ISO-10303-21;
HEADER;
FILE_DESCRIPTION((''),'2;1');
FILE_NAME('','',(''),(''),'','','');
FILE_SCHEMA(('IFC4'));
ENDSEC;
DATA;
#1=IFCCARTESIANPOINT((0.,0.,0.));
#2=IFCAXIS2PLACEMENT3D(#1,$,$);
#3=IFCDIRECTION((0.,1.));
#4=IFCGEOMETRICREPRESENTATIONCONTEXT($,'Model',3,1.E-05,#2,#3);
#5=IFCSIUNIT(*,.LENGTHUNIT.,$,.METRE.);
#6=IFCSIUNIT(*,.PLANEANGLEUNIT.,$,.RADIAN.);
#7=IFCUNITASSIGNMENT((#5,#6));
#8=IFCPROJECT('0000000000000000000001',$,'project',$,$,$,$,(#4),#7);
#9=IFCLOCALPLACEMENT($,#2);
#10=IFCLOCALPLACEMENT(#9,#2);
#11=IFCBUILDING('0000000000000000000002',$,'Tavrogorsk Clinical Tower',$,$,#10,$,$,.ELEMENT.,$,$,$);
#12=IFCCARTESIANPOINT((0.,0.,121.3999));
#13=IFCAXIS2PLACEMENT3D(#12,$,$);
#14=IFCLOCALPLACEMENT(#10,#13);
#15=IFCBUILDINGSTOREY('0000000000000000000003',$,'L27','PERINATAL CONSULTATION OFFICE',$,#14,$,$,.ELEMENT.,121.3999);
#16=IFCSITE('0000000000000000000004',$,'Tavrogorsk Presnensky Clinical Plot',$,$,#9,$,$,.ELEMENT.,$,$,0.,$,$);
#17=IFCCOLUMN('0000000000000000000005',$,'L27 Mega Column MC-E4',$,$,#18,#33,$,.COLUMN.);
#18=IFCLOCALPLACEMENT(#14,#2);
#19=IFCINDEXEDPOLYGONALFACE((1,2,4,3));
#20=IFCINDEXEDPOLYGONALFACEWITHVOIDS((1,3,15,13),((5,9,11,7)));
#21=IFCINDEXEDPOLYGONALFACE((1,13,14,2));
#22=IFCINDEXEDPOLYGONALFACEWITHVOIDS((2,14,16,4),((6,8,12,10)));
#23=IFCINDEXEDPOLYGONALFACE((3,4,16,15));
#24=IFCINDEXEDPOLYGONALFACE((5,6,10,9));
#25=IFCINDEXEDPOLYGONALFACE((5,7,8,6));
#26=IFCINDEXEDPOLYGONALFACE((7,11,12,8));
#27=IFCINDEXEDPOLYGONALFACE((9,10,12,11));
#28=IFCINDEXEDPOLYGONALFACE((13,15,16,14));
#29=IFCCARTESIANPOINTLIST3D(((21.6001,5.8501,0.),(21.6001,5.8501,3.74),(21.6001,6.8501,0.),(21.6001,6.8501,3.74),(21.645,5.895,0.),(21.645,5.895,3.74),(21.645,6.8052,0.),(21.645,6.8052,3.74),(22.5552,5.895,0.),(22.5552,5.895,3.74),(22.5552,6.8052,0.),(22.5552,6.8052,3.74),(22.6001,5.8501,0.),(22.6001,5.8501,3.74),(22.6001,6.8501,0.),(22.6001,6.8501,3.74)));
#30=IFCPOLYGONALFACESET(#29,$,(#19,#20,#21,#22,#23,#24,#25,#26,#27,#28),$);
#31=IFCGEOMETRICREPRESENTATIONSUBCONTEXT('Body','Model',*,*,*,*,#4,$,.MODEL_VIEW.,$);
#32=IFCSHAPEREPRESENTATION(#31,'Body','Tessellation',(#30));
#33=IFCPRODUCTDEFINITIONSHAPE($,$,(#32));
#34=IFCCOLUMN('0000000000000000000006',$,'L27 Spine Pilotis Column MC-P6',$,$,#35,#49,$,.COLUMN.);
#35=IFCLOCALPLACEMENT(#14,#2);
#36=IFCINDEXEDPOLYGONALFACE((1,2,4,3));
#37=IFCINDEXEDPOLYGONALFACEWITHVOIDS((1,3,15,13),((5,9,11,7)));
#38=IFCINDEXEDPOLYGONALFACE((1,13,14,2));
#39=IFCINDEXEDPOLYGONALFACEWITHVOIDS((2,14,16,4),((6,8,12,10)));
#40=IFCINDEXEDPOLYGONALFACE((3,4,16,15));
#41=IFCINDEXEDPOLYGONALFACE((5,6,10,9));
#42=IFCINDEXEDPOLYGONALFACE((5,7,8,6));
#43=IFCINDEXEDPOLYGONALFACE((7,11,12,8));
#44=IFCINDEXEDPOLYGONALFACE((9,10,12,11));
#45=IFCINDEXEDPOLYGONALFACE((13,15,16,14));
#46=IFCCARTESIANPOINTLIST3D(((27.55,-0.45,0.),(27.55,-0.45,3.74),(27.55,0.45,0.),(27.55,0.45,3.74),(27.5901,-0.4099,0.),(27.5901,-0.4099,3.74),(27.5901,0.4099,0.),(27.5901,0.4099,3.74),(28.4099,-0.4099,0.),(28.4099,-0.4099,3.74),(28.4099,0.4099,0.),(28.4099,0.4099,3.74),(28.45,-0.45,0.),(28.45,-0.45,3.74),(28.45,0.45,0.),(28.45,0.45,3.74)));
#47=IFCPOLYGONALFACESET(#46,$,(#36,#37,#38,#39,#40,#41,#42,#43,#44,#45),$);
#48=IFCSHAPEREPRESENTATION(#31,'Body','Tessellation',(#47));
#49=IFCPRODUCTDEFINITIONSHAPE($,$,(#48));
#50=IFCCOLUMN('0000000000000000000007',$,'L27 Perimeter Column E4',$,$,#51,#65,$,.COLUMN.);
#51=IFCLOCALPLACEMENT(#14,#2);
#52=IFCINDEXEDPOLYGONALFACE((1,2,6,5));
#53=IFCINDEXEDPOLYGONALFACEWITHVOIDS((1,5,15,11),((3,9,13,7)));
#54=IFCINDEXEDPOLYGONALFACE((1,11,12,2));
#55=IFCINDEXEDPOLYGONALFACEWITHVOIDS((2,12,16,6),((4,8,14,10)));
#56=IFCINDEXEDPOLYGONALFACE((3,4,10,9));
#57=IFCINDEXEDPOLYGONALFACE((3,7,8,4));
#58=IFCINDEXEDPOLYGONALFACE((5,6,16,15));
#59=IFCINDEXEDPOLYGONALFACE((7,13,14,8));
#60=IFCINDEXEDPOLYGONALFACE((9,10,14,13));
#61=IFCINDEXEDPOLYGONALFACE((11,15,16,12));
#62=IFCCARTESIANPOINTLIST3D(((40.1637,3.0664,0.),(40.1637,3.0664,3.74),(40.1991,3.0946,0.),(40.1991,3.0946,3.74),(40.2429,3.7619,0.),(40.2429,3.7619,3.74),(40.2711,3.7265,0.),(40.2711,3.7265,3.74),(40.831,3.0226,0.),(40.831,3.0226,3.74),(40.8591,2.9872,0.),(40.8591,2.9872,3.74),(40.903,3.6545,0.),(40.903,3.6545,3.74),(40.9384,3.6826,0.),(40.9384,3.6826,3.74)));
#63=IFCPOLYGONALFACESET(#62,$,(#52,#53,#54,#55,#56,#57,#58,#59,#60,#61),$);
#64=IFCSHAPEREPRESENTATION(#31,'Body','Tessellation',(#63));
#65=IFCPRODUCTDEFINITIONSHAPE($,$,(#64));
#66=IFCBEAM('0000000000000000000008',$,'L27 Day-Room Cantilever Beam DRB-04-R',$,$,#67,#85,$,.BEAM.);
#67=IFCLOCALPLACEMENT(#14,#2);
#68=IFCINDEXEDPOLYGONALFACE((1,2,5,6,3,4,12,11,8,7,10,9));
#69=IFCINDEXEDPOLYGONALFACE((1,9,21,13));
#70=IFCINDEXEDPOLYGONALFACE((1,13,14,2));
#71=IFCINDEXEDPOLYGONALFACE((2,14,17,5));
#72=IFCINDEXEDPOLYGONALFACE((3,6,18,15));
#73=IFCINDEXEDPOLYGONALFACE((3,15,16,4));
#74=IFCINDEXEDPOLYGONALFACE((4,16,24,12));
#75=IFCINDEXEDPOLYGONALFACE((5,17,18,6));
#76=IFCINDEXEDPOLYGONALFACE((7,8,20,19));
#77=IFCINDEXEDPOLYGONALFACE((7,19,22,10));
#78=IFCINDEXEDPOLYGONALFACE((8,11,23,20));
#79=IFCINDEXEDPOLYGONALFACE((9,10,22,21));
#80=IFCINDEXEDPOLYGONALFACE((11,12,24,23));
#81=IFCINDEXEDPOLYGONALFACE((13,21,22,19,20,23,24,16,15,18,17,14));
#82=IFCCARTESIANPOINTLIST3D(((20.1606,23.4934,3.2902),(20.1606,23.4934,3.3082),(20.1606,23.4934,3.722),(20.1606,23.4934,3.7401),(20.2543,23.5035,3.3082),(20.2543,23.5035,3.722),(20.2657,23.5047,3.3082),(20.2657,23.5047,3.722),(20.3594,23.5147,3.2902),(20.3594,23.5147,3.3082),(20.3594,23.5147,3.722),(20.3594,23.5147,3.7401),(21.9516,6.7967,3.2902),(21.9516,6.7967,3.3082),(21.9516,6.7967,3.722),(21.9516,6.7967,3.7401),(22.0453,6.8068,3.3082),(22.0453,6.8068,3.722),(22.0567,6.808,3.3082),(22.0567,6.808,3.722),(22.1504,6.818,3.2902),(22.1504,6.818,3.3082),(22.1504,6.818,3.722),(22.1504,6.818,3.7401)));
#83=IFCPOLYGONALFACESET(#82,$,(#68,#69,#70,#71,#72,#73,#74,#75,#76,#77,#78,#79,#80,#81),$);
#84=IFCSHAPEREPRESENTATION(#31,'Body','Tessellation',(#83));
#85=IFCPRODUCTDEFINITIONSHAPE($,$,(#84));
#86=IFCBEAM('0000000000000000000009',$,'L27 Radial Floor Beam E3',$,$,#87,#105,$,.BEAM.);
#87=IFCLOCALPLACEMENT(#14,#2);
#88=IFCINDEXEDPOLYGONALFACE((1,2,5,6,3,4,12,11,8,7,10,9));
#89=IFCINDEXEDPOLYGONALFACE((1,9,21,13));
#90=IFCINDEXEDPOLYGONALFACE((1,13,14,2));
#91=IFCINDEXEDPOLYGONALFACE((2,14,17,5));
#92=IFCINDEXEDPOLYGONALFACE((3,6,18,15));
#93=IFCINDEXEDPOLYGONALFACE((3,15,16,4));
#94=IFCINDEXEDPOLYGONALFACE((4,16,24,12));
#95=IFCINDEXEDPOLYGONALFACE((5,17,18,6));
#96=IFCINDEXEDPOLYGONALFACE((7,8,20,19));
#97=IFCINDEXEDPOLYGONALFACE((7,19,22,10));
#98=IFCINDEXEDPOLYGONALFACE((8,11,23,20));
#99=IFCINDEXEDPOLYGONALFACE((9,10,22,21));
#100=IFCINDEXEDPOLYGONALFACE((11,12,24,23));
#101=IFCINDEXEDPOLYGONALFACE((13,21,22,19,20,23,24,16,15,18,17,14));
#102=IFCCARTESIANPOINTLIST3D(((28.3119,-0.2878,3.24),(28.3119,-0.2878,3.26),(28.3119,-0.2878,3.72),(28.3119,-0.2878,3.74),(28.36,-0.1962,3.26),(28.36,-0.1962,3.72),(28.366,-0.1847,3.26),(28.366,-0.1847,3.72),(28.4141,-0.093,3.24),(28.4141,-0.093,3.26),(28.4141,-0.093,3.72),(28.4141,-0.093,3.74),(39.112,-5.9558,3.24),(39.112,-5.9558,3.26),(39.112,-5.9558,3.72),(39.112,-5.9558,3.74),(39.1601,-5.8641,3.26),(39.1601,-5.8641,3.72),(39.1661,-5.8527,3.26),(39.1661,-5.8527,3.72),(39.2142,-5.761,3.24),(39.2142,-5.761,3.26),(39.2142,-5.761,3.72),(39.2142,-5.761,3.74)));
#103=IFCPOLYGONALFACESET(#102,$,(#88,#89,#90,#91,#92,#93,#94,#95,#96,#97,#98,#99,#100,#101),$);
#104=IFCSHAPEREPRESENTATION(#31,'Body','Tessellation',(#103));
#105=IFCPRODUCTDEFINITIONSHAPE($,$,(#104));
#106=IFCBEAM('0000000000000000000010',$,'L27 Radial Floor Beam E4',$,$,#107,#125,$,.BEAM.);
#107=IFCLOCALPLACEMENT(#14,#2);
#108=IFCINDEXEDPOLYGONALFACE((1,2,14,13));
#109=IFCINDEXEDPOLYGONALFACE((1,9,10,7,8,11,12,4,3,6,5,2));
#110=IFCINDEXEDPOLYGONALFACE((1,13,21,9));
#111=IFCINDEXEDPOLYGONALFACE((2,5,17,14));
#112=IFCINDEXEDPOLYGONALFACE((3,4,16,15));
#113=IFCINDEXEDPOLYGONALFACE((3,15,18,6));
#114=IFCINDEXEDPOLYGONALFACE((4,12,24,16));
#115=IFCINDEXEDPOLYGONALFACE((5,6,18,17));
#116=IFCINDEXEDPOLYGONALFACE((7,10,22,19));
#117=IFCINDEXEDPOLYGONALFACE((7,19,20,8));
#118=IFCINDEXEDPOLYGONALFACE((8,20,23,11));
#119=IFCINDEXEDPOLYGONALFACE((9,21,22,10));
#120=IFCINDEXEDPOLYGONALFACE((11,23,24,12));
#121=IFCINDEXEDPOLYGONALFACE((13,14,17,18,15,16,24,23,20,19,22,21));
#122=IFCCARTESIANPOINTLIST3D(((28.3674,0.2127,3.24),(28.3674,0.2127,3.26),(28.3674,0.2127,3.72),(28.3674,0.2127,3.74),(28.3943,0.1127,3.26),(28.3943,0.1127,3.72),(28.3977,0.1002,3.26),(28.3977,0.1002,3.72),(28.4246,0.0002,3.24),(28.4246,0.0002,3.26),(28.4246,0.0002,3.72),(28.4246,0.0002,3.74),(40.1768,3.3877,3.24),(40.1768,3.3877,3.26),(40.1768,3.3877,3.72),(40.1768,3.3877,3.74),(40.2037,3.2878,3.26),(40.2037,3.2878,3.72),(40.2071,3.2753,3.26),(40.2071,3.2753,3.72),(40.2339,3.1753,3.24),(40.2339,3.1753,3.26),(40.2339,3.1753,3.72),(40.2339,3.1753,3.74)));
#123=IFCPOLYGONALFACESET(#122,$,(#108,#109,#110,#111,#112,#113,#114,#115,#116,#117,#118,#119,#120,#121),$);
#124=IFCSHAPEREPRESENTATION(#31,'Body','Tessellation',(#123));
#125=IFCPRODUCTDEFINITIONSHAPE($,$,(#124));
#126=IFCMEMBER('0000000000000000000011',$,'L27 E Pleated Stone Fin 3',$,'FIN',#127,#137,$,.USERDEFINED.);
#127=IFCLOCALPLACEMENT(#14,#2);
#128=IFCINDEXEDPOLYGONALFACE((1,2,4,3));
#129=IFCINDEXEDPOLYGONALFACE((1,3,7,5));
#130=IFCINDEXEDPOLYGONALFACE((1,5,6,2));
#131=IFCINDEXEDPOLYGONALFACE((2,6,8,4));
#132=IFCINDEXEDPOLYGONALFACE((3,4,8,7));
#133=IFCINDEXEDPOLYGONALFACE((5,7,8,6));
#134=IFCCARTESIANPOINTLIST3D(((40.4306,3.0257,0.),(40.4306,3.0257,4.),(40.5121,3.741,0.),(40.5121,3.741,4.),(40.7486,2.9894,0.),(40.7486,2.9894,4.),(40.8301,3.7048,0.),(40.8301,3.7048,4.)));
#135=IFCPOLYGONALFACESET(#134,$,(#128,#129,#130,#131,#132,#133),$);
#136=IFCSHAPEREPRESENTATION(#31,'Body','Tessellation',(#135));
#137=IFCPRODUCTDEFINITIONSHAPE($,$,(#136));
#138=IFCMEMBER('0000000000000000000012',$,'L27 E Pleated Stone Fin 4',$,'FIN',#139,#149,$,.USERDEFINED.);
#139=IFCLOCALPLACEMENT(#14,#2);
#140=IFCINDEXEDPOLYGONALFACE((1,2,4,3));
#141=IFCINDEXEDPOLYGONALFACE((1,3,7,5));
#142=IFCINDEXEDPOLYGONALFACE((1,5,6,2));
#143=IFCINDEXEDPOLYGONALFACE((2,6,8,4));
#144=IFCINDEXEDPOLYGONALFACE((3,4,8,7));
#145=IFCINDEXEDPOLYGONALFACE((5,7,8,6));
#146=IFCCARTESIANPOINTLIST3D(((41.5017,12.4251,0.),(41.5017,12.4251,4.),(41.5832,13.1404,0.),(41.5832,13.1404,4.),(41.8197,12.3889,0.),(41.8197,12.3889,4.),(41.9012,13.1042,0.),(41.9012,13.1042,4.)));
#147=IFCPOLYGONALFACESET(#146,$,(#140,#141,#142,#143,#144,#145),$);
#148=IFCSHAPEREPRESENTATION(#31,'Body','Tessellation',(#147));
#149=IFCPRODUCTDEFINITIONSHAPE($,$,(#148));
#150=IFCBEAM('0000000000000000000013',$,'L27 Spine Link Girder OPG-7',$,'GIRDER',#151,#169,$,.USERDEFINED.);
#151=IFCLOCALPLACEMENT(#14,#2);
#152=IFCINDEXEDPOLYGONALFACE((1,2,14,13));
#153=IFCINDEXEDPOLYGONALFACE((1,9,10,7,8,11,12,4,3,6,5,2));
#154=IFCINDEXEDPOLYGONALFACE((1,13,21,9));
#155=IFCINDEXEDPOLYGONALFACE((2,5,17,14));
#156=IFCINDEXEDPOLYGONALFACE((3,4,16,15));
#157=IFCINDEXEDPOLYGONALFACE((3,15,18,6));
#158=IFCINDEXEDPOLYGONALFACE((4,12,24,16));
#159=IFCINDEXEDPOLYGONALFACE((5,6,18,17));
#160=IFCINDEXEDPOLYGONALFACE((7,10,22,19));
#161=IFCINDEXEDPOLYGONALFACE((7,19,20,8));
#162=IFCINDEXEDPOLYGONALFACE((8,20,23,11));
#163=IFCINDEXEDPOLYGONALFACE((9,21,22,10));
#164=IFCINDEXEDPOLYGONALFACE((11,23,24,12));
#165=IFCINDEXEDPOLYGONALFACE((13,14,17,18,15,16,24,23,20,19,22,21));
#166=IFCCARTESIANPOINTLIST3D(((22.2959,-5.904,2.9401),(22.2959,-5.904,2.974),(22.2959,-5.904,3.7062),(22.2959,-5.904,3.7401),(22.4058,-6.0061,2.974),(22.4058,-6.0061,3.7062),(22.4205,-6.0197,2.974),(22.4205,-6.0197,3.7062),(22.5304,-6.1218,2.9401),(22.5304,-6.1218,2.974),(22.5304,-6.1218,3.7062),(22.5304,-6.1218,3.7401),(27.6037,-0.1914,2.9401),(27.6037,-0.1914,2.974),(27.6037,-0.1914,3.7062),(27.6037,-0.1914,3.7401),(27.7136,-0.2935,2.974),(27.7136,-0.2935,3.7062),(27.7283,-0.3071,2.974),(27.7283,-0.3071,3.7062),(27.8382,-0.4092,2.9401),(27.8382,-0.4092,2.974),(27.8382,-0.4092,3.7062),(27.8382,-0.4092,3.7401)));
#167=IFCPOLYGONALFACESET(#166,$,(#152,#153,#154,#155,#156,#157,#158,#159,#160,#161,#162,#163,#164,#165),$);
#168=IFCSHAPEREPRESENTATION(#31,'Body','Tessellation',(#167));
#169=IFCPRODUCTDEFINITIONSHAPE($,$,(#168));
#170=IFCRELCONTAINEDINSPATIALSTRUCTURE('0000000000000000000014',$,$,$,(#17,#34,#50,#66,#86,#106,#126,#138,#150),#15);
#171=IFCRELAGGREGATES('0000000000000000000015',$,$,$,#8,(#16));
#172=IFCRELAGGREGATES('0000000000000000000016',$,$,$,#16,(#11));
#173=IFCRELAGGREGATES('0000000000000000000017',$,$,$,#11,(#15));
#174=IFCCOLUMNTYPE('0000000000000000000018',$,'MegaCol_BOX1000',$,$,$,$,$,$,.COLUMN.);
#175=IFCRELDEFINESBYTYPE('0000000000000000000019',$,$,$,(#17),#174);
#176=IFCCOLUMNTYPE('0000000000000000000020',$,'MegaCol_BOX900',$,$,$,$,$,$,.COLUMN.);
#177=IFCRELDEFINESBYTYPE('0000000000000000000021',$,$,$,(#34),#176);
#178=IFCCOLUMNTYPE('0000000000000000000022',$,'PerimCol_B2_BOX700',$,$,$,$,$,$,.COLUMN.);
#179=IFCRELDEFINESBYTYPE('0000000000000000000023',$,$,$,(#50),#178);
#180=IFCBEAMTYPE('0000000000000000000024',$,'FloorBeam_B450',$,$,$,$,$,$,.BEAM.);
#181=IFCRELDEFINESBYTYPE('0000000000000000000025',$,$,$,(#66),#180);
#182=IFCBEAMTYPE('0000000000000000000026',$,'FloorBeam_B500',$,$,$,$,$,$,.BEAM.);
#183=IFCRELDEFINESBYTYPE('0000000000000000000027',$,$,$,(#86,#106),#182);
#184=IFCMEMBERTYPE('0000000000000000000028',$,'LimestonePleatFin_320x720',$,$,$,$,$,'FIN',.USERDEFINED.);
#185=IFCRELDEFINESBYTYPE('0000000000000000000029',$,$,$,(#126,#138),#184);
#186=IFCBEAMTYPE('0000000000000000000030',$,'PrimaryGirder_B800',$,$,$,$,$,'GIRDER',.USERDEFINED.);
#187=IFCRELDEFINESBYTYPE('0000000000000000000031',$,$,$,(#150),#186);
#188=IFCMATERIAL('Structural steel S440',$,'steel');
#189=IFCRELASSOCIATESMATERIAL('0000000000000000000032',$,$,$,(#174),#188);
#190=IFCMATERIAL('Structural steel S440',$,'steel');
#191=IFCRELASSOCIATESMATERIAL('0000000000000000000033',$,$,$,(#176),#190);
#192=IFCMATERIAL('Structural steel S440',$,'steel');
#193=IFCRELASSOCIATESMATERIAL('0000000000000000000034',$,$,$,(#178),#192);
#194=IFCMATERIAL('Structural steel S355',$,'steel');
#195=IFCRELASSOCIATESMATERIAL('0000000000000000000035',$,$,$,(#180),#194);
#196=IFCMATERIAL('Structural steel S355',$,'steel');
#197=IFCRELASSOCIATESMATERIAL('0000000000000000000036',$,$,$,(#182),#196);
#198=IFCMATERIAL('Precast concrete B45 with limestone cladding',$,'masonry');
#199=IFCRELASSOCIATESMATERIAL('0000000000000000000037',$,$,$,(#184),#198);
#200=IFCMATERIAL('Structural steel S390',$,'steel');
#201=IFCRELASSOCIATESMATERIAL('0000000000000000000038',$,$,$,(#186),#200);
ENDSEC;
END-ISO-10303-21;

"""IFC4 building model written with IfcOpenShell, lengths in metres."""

from ifc_helpers import new_model, si_unit, direction, frame, origin, origin_2d, place, context, subcontext, project, spatial, rectangle, hollow_rectangle, i_section, extrude, material, material_profile, profile_set, type_object, element, save


model = new_model("IFC4")

# Units and contexts
model_context = context("Model", 3, precision=1e-05, world=origin(), true_north=direction((0.0, 1.0)))
body_context = subcontext(model_context, "Body", "Model", "MODEL_VIEW")
ifc_project = project(units=[si_unit("LENGTHUNIT", "METRE"), si_unit("PLANEANGLEUNIT", "RADIAN")], contexts=[model_context])

# Site, building, storey
site_placement = place(None, origin())
site = spatial("IfcSite", under=ifc_project, at=site_placement, Name="Tavrogorsk Presnensky Clinical Plot", CompositionType="ELEMENT", RefElevation=0.0)
building_placement = place(site_placement, origin())
building = spatial("IfcBuilding", under=site, at=building_placement, Name="Tavrogorsk Clinical Tower", CompositionType="ELEMENT")
storey_placement = place(building_placement, frame((0.0, 0.0, 121.3999)))
storey = spatial("IfcBuildingStorey", under=building, at=storey_placement, Name="L27", Description="PERINATAL CONSULTATION OFFICE", CompositionType="ELEMENT", Elevation=121.3999)

# Columns
ifc_material_1 = material(Name="Structural steel S440", Category="steel")
ifc_material_profile_1 = material_profile(ifc_material_1, hollow_rectangle(XDim=1.0, YDim=1.0, WallThickness=0.0449, at=origin_2d()), Name="BOX-1000x1000x45")
ifc_profile_set_1 = profile_set([ifc_material_profile_1], Name="Structural steel S440")
column_type_1 = type_object("IfcColumnType", Name="MegaCol_BOX1000", PredefinedType="COLUMN", material=ifc_profile_set_1)
column_1_placement = place(storey_placement, frame((22.1001, 6.3501, 0.0), z_axis=(0.0, 0.0, 1.0), x_axis=(1.0, 0.0, 0.0)))
element("IfcColumn", 1, at=column_1_placement, inside=storey, type_object=column_type_1, Name="L27 Mega Column MC-E4", PredefinedType="COLUMN", context=body_context, shape_type="SweptSolid", body=[
    extrude(hollow_rectangle(XDim=1.0, YDim=1.0, WallThickness=0.0449, at=origin_2d()), origin(), (0.0, 0.0, 1.0), 3.74),
])
ifc_material_2 = material(Name="Structural steel S440", Category="steel")
ifc_material_profile_2 = material_profile(ifc_material_2, hollow_rectangle(XDim=0.8999, YDim=0.8999, WallThickness=0.04, at=origin_2d()), Name="BOX-900x900x40")
ifc_profile_set_2 = profile_set([ifc_material_profile_2], Name="Structural steel S440")
column_type_2 = type_object("IfcColumnType", Name="MegaCol_BOX900", PredefinedType="COLUMN", material=ifc_profile_set_2)
column_2_placement = place(storey_placement, frame((28.0, 0.0, 0.0), z_axis=(0.0, 0.0, 1.0), x_axis=(1.0, 0.0, 0.0)))
element("IfcColumn", 2, at=column_2_placement, inside=storey, type_object=column_type_2, Name="L27 Spine Pilotis Column MC-P6", PredefinedType="COLUMN", context=body_context, shape_type="SweptSolid", body=[
    extrude(hollow_rectangle(XDim=0.8999, YDim=0.8999, WallThickness=0.04, at=origin_2d()), origin(), (0.0, 0.0, 1.0), 3.74),
])
ifc_material_3 = material(Name="Structural steel S440", Category="steel")
ifc_material_profile_3 = material_profile(ifc_material_3, hollow_rectangle(XDim=0.7, YDim=0.7, WallThickness=0.032, at=origin_2d()), Name="BOX-700x700x32")
ifc_profile_set_3 = profile_set([ifc_material_profile_3], Name="Structural steel S440")
column_type_3 = type_object("IfcColumnType", Name="PerimCol_B2_BOX700", PredefinedType="COLUMN", material=ifc_profile_set_3)
column_3_placement = place(storey_placement, frame((40.551, 3.3745, 0.0), z_axis=(0.0, 0.0, 1.0), x_axis=(0.993572, -0.113203, 0.0)))
element("IfcColumn", 3, at=column_3_placement, inside=storey, type_object=column_type_3, Name="L27 Perimeter Column E4", PredefinedType="COLUMN", context=body_context, shape_type="SweptSolid", body=[
    extrude(hollow_rectangle(XDim=0.7, YDim=0.7, WallThickness=0.032, at=origin_2d()), origin(), (0.0, 0.0, 1.0), 3.74),
])

# Beams
ifc_material_4 = material(Name="Structural steel S355", Category="steel")
ifc_material_profile_4 = material_profile(ifc_material_4, i_section(OverallWidth=0.2, OverallDepth=0.45, WebThickness=0.0115, FlangeThickness=0.0181, at=origin_2d()), Name="B-450x200x11.5x18")
ifc_profile_set_4 = profile_set([ifc_material_profile_4], Name="Structural steel S355")
beam_type_1 = type_object("IfcBeamType", Name="FloorBeam_B450", PredefinedType="BEAM", material=ifc_profile_set_4)
beam_1_placement = place(storey_placement, frame((22.051, 6.8074, 3.5151), z_axis=(-0.106655, 0.994296, 0.0), x_axis=(-0.994296, -0.106655, 0.0)))
element("IfcBeam", 4, at=beam_1_placement, inside=storey, type_object=beam_type_1, Name="L27 Day-Room Cantilever Beam DRB-04-R", PredefinedType="BEAM", context=body_context, shape_type="SweptSolid", body=[
    extrude(i_section(OverallWidth=0.2, OverallDepth=0.45, WebThickness=0.0115, FlangeThickness=0.0181, at=origin_2d()), origin(), (0.0, 0.0, 1.0), 16.7925),
])
ifc_material_5 = material(Name="Structural steel S355", Category="steel")
ifc_material_profile_5 = material_profile(ifc_material_5, i_section(OverallWidth=0.22, OverallDepth=0.5, WebThickness=0.0129, FlangeThickness=0.02, at=origin_2d()), Name="B-500x220x13x20")
ifc_profile_set_5 = profile_set([ifc_material_profile_5], Name="Structural steel S355")
beam_type_2 = type_object("IfcBeamType", Name="FloorBeam_B500", PredefinedType="BEAM", material=ifc_profile_set_5)
beam_2_placement = place(storey_placement, frame((28.363, -0.1904, 3.49), z_axis=(0.885467, -0.464702, 0.0), x_axis=(0.464702, 0.885467, 0.0)))
element("IfcBeam", 5, at=beam_2_placement, inside=storey, type_object=beam_type_2, Name="L27 Radial Floor Beam E3", PredefinedType="BEAM", context=body_context, shape_type="SweptSolid", body=[
    extrude(i_section(OverallWidth=0.22, OverallDepth=0.5, WebThickness=0.0129, FlangeThickness=0.02, at=origin_2d()), origin(), (0.0, 0.0, 1.0), 12.197),
])
beam_3_placement = place(storey_placement, frame((28.396, 0.1064, 3.49), z_axis=(0.965706, 0.259639, 0.0), x_axis=(-0.259639, 0.965706, 0.0)))
element("IfcBeam", 6, at=beam_3_placement, inside=storey, type_object=beam_type_2, Name="L27 Radial Floor Beam E4", PredefinedType="BEAM", context=body_context, shape_type="SweptSolid", body=[
    extrude(i_section(OverallWidth=0.22, OverallDepth=0.5, WebThickness=0.0129, FlangeThickness=0.02, at=origin_2d()), origin(), (0.0, 0.0, 1.0), 12.2288),
])

# Members
ifc_material_6 = material(Name="Precast concrete B45 with limestone cladding", Category="masonry")
ifc_material_profile_6 = material_profile(ifc_material_6, rectangle(XDim=0.3201, YDim=0.72, at=origin_2d()), Name="LIMESTONE-FIN-320x720")
ifc_profile_set_6 = profile_set([ifc_material_profile_6], Name="Precast concrete B45 with limestone cladding")
member_type = type_object("IfcMemberType", Name="LimestonePleatFin_320x720", ElementType="FIN", PredefinedType="USERDEFINED", material=ifc_profile_set_6)
for number, where, z_axis, x_axis, name in (
    (7, (40.6304, 3.3652, 0.0), (0.0, 0.0, 1.0), (0.993572, -0.113203, 0.0), "L27 E Pleated Stone Fin 3"),
    (8, (41.7014, 12.7646, 0.0), (0.0, 0.0, 1.0), (0.993572, -0.113203, 0.0), "L27 E Pleated Stone Fin 4"),
):
    element("IfcMember", number, at=place(storey_placement, frame(where, z_axis=z_axis, x_axis=x_axis)), inside=storey, type_object=member_type, Name=name, ObjectType="FIN", PredefinedType="USERDEFINED", context=body_context, shape_type="SweptSolid", body=[
        extrude(rectangle(XDim=0.3201, YDim=0.72, at=origin_2d()), origin(), (0.0, 0.0, 1.0), 4.0),
    ])

# Beam
ifc_material_7 = material(Name="Structural steel S390", Category="steel")
ifc_material_profile_7 = material_profile(ifc_material_7, i_section(OverallWidth=0.3201, OverallDepth=0.8, WebThickness=0.02, FlangeThickness=0.0339, at=origin_2d()), Name="B-800x320x20x34")
ifc_profile_set_7 = profile_set([ifc_material_profile_7], Name="Structural steel S390")
beam_type_3 = type_object("IfcBeamType", Name="PrimaryGirder_B800", ElementType="GIRDER", PredefinedType="USERDEFINED", material=ifc_profile_set_7)
for number, where, z_axis, x_axis, name in (
    (9, (27.7209, -0.3003, 3.3401), (-0.680676, -0.732585, 0.0), (0.732585, -0.680676, 0.0), "L27 Spine Link Girder OPG-7"),
):
    element("IfcBeam", number, at=place(storey_placement, frame(where, z_axis=z_axis, x_axis=x_axis)), inside=storey, type_object=beam_type_3, Name=name, ObjectType="GIRDER", PredefinedType="USERDEFINED", context=body_context, shape_type="SweptSolid", body=[
        extrude(i_section(OverallWidth=0.3201, OverallDepth=0.8, WebThickness=0.02, FlangeThickness=0.0339, at=origin_2d()), origin(), (0.0, 0.0, 1.0), 7.7979),
    ])

save(model, "model.ifc")
